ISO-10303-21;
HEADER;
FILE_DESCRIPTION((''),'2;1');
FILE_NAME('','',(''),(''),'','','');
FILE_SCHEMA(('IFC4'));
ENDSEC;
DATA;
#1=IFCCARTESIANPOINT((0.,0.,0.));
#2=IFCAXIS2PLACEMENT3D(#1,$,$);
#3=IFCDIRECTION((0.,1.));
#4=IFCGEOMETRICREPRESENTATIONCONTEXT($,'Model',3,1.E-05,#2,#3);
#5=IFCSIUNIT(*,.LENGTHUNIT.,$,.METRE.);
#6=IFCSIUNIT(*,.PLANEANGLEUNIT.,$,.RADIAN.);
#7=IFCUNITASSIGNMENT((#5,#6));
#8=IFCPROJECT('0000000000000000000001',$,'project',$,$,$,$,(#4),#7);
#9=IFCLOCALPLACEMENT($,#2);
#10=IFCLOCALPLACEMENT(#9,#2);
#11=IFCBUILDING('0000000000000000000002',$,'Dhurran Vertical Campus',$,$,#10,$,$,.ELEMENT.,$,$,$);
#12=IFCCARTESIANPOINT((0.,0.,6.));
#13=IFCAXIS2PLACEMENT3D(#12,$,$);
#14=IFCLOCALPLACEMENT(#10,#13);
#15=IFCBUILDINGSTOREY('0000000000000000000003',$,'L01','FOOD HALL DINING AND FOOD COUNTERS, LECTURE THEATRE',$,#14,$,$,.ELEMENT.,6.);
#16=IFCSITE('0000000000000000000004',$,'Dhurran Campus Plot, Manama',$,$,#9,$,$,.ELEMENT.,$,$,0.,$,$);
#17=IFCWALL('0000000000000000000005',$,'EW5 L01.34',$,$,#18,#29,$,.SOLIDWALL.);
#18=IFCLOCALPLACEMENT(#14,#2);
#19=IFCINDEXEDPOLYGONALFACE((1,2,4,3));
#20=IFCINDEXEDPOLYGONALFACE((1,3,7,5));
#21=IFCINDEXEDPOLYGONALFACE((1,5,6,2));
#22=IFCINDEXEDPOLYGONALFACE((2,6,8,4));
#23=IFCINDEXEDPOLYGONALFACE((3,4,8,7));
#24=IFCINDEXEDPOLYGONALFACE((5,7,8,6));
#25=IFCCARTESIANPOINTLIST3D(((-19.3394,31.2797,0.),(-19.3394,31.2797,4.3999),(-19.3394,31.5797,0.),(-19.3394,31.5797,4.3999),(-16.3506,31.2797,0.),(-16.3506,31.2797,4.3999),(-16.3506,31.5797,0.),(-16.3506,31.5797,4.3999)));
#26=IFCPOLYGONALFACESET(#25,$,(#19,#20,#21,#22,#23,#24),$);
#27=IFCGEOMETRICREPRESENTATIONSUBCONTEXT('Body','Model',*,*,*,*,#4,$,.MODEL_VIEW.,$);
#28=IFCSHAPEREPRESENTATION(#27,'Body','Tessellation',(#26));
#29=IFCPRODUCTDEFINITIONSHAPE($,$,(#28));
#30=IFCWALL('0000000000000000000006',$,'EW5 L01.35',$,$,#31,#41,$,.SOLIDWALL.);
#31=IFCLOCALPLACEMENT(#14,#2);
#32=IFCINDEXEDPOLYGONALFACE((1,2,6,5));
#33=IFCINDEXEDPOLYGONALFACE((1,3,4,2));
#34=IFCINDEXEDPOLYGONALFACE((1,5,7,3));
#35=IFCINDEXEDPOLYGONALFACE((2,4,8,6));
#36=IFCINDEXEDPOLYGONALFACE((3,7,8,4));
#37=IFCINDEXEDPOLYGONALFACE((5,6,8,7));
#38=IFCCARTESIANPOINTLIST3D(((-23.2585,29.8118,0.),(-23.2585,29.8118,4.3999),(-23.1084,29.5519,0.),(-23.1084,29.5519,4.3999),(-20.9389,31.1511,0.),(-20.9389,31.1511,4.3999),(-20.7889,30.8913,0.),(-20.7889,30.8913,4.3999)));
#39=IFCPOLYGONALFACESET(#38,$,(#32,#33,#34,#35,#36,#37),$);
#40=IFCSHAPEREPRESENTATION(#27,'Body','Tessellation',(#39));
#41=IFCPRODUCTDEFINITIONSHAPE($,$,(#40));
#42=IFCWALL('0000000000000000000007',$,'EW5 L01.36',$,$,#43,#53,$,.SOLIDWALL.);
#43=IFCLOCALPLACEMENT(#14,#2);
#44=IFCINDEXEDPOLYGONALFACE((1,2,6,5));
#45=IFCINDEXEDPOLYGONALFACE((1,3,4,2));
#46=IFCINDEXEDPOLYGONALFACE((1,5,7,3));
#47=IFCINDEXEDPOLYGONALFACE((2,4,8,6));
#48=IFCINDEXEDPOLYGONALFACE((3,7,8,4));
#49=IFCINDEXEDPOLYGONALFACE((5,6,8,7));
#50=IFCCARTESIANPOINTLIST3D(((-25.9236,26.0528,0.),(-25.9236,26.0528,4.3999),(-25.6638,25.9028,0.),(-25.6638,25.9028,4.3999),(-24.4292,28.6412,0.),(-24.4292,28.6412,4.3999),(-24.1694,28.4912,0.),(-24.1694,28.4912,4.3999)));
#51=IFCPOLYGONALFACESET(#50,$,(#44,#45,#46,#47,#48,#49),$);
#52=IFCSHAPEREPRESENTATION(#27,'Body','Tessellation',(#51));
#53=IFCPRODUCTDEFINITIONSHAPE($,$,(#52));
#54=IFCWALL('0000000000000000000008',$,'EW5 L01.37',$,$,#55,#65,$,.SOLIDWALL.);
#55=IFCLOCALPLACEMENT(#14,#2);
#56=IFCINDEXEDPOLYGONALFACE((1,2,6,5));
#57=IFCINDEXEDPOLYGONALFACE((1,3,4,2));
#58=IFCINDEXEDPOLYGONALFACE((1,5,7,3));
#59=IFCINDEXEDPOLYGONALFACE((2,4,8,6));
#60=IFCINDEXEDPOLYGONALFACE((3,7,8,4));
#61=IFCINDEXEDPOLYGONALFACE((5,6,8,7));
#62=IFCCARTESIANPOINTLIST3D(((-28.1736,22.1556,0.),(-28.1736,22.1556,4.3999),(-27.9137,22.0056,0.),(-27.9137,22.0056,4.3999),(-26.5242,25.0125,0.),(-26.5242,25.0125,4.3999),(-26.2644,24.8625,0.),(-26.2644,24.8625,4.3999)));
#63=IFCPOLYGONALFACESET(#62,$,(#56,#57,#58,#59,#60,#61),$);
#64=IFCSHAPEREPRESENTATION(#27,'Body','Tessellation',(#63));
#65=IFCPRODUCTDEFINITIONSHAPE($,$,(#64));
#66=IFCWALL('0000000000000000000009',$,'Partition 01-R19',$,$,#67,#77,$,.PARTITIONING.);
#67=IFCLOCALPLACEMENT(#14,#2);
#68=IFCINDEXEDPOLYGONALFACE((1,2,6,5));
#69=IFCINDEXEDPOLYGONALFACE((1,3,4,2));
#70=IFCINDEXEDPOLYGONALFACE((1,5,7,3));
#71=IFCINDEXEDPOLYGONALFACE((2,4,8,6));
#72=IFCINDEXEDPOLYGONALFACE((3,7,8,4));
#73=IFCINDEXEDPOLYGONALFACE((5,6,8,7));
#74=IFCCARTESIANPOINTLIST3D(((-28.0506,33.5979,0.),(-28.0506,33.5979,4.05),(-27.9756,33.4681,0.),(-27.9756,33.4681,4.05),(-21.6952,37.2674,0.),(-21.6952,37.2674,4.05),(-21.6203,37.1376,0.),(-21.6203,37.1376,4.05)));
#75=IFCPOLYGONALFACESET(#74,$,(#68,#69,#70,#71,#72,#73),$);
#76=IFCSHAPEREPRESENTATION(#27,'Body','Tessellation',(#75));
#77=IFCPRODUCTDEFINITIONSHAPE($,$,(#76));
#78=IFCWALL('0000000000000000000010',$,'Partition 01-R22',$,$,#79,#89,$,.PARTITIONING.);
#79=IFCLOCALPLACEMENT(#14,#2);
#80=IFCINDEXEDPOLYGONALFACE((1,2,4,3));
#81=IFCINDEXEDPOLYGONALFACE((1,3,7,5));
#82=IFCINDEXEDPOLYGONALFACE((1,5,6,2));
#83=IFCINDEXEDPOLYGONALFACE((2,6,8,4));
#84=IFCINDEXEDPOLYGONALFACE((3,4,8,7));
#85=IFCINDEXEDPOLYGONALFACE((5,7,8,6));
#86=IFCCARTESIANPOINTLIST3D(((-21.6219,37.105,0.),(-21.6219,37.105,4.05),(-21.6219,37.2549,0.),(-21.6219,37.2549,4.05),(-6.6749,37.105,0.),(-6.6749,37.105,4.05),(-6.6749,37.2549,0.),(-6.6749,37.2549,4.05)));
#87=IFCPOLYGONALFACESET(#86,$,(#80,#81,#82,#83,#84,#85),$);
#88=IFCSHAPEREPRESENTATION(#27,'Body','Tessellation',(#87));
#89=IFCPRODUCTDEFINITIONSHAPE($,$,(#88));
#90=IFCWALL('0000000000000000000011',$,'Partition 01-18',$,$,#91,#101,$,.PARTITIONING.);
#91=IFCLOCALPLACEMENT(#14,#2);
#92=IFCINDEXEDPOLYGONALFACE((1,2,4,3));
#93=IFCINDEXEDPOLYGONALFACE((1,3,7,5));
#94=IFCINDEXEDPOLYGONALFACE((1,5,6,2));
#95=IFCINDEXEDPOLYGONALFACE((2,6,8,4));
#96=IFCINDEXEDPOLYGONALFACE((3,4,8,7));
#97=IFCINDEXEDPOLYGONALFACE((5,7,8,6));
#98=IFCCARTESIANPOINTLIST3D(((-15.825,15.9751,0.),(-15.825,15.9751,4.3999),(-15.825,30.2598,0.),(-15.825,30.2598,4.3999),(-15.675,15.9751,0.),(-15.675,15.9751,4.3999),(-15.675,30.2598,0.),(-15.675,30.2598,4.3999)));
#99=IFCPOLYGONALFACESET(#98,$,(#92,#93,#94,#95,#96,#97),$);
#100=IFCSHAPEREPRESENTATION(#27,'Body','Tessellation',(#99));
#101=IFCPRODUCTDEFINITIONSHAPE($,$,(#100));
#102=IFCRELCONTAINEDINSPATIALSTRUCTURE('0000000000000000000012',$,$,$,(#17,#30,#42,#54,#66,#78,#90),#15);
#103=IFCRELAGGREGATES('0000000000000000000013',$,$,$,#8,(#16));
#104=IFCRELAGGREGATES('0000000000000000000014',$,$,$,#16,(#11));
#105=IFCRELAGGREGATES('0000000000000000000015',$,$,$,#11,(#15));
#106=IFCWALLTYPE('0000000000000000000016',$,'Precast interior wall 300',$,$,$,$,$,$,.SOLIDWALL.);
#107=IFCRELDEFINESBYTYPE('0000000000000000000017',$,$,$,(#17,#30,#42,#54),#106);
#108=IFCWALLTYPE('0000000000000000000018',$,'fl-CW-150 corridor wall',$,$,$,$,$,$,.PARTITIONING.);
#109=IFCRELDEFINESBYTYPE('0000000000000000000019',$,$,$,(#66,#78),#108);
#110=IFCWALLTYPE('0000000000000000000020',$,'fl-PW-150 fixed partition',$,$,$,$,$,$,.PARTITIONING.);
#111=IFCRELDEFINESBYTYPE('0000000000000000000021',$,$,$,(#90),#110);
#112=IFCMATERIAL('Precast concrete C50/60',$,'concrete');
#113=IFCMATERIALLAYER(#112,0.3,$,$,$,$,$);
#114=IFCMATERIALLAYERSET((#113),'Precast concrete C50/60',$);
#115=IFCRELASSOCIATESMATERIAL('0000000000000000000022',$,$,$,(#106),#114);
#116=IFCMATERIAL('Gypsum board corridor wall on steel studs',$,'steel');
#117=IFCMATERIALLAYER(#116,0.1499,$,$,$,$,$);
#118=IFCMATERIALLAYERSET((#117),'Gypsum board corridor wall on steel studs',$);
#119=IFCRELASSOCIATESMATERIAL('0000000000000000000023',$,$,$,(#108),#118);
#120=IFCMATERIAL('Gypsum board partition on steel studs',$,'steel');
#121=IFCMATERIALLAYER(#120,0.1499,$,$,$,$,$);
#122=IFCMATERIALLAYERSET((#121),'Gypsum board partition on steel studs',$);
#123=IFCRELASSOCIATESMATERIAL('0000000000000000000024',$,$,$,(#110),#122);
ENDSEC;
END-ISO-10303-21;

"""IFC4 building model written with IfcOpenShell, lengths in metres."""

from ifc_helpers import new_model, si_unit, direction, frame, frame_2d, origin, place, context, subcontext, project, spatial, rectangle, extrude, material, layer, layer_set, type_object, element, save


model = new_model("IFC4")

# Units and contexts
model_context = context("Model", 3, precision=1e-05, world=origin(), true_north=direction((0.0, 1.0)))
body_context = subcontext(model_context, "Body", "Model", "MODEL_VIEW")
ifc_project = project(units=[si_unit("LENGTHUNIT", "METRE"), si_unit("PLANEANGLEUNIT", "RADIAN")], contexts=[model_context])

# Site, building, storey
site_placement = place(None, origin())
site = spatial("IfcSite", under=ifc_project, at=site_placement, Name="Dhurran Campus Plot, Manama", CompositionType="ELEMENT", RefElevation=0.0)
building_placement = place(site_placement, origin())
building = spatial("IfcBuilding", under=site, at=building_placement, Name="Dhurran Vertical Campus", CompositionType="ELEMENT")
storey_placement = place(building_placement, frame((0.0, 0.0, 6.0)))
storey = spatial("IfcBuildingStorey", under=building, at=storey_placement, Name="L01", Description="FOOD HALL DINING AND FOOD COUNTERS, LECTURE THEATRE", CompositionType="ELEMENT", Elevation=6.0)

# Walls
ifc_material_1 = material(Name="Precast concrete C50/60", Category="concrete")
ifc_layer_1 = layer(ifc_material_1, 0.3)
ifc_layer_set_1 = layer_set([ifc_layer_1], Name="Precast concrete C50/60")
wall_type_1 = type_object("IfcWallType", Name="Precast interior wall 300", PredefinedType="SOLIDWALL", material=ifc_layer_set_1)
wall_1_placement = place(storey_placement, frame((-16.3506, 31.4297, 0.0), z_axis=(0.0, 0.0, 1.0), x_axis=(-1.0, 0.0, 0.0)))
element("IfcWall", 1, at=wall_1_placement, inside=storey, type_object=wall_type_1, Name="EW5 L01.34", PredefinedType="SOLIDWALL", context=body_context, shape_type="SweptSolid", body=[
    extrude(rectangle(XDim=2.9888, YDim=0.3, at=frame_2d((1.4944, 0.0))), origin(), (0.0, 0.0, 1.0), 4.3999),
])
wall_2_placement = place(storey_placement, frame((-20.8638, 31.0212, 0.0), z_axis=(0.0, 0.0, 1.0), x_axis=(-0.866002, -0.500041, 0.0)))
element("IfcWall", 2, at=wall_2_placement, inside=storey, type_object=wall_type_1, Name="EW5 L01.35", PredefinedType="SOLIDWALL", context=body_context, shape_type="SweptSolid", body=[
    extrude(rectangle(XDim=2.6785, YDim=0.3, at=frame_2d((1.3394, 0.0))), origin(), (0.0, 0.0, 1.0), 4.3999),
])
wall_3_placement = place(storey_placement, frame((-24.2993, 28.5662, 0.0), z_axis=(0.0, 0.0, 1.0), x_axis=(-0.499996, -0.866028, 0.0)))
element("IfcWall", 3, at=wall_3_placement, inside=storey, type_object=wall_type_1, Name="EW5 L01.36", PredefinedType="SOLIDWALL", context=body_context, shape_type="SweptSolid", body=[
    extrude(rectangle(XDim=2.9888, YDim=0.3, at=frame_2d((1.4944, 0.0))), origin(), (0.0, 0.0, 1.0), 4.3999),
])
wall_4_placement = place(storey_placement, frame((-26.3943, 24.9375, 0.0), z_axis=(0.0, 0.0, 1.0), x_axis=(-0.499992, -0.86603, 0.0)))
element("IfcWall", 4, at=wall_4_placement, inside=storey, type_object=wall_type_1, Name="EW5 L01.37", PredefinedType="SOLIDWALL", context=body_context, shape_type="SweptSolid", body=[
    extrude(rectangle(XDim=3.2988, YDim=0.3, at=frame_2d((1.6494, 0.0))), origin(), (0.0, 0.0, 1.0), 4.3999),
])
ifc_material_2 = material(Name="Gypsum board corridor wall on steel studs", Category="steel")
ifc_layer_2 = layer(ifc_material_2, 0.1499)
ifc_layer_set_2 = layer_set([ifc_layer_2], Name="Gypsum board corridor wall on steel studs")
wall_type_2 = type_object("IfcWallType", Name="fl-CW-150 corridor wall", PredefinedType="PARTITIONING", material=ifc_layer_set_2)
wall_5_placement = place(storey_placement, frame((-28.0132, 33.533, 0.0), z_axis=(0.0, 0.0, 1.0), x_axis=(0.866011, 0.500025, 0.0)))
element("IfcWall", 5, at=wall_5_placement, inside=storey, type_object=wall_type_2, Name="Partition 01-R19", PredefinedType="PARTITIONING", context=body_context, shape_type="SweptSolid", body=[
    extrude(rectangle(XDim=7.3386, YDim=0.1499, at=frame_2d((3.6694, 0.0))), origin(), (0.0, 0.0, 1.0), 4.05),
])
wall_6_placement = place(storey_placement, frame((-21.6221, 37.1799, 0.0), z_axis=(0.0, 0.0, 1.0), x_axis=(1.0, 0.0, 0.0)))
element("IfcWall", 6, at=wall_6_placement, inside=storey, type_object=wall_type_2, Name="Partition 01-R22", PredefinedType="PARTITIONING", context=body_context, shape_type="SweptSolid", body=[
    extrude(rectangle(XDim=14.947, YDim=0.1499, at=frame_2d((7.4736, 0.0))), origin(), (0.0, 0.0, 1.0), 4.05),
])
ifc_material_3 = material(Name="Gypsum board partition on steel studs", Category="steel")
ifc_layer_3 = layer(ifc_material_3, 0.1499)
ifc_layer_set_3 = layer_set([ifc_layer_3], Name="Gypsum board partition on steel studs")
wall_type_3 = type_object("IfcWallType", Name="fl-PW-150 fixed partition", PredefinedType="PARTITIONING", material=ifc_layer_set_3)
wall_7_placement = place(storey_placement, frame((-15.75, 30.2598, 0.0), z_axis=(0.0, 0.0, 1.0), x_axis=(0.0, -1.0, 0.0)))
element("IfcWall", 7, at=wall_7_placement, inside=storey, type_object=wall_type_3, Name="Partition 01-18", PredefinedType="PARTITIONING", context=body_context, shape_type="SweptSolid", body=[
    extrude(rectangle(XDim=14.2847, YDim=0.1499, at=frame_2d((7.1423, 0.0))), origin(), (0.0, 0.0, 1.0), 4.3999),
])

save(model, "model.ifc")
